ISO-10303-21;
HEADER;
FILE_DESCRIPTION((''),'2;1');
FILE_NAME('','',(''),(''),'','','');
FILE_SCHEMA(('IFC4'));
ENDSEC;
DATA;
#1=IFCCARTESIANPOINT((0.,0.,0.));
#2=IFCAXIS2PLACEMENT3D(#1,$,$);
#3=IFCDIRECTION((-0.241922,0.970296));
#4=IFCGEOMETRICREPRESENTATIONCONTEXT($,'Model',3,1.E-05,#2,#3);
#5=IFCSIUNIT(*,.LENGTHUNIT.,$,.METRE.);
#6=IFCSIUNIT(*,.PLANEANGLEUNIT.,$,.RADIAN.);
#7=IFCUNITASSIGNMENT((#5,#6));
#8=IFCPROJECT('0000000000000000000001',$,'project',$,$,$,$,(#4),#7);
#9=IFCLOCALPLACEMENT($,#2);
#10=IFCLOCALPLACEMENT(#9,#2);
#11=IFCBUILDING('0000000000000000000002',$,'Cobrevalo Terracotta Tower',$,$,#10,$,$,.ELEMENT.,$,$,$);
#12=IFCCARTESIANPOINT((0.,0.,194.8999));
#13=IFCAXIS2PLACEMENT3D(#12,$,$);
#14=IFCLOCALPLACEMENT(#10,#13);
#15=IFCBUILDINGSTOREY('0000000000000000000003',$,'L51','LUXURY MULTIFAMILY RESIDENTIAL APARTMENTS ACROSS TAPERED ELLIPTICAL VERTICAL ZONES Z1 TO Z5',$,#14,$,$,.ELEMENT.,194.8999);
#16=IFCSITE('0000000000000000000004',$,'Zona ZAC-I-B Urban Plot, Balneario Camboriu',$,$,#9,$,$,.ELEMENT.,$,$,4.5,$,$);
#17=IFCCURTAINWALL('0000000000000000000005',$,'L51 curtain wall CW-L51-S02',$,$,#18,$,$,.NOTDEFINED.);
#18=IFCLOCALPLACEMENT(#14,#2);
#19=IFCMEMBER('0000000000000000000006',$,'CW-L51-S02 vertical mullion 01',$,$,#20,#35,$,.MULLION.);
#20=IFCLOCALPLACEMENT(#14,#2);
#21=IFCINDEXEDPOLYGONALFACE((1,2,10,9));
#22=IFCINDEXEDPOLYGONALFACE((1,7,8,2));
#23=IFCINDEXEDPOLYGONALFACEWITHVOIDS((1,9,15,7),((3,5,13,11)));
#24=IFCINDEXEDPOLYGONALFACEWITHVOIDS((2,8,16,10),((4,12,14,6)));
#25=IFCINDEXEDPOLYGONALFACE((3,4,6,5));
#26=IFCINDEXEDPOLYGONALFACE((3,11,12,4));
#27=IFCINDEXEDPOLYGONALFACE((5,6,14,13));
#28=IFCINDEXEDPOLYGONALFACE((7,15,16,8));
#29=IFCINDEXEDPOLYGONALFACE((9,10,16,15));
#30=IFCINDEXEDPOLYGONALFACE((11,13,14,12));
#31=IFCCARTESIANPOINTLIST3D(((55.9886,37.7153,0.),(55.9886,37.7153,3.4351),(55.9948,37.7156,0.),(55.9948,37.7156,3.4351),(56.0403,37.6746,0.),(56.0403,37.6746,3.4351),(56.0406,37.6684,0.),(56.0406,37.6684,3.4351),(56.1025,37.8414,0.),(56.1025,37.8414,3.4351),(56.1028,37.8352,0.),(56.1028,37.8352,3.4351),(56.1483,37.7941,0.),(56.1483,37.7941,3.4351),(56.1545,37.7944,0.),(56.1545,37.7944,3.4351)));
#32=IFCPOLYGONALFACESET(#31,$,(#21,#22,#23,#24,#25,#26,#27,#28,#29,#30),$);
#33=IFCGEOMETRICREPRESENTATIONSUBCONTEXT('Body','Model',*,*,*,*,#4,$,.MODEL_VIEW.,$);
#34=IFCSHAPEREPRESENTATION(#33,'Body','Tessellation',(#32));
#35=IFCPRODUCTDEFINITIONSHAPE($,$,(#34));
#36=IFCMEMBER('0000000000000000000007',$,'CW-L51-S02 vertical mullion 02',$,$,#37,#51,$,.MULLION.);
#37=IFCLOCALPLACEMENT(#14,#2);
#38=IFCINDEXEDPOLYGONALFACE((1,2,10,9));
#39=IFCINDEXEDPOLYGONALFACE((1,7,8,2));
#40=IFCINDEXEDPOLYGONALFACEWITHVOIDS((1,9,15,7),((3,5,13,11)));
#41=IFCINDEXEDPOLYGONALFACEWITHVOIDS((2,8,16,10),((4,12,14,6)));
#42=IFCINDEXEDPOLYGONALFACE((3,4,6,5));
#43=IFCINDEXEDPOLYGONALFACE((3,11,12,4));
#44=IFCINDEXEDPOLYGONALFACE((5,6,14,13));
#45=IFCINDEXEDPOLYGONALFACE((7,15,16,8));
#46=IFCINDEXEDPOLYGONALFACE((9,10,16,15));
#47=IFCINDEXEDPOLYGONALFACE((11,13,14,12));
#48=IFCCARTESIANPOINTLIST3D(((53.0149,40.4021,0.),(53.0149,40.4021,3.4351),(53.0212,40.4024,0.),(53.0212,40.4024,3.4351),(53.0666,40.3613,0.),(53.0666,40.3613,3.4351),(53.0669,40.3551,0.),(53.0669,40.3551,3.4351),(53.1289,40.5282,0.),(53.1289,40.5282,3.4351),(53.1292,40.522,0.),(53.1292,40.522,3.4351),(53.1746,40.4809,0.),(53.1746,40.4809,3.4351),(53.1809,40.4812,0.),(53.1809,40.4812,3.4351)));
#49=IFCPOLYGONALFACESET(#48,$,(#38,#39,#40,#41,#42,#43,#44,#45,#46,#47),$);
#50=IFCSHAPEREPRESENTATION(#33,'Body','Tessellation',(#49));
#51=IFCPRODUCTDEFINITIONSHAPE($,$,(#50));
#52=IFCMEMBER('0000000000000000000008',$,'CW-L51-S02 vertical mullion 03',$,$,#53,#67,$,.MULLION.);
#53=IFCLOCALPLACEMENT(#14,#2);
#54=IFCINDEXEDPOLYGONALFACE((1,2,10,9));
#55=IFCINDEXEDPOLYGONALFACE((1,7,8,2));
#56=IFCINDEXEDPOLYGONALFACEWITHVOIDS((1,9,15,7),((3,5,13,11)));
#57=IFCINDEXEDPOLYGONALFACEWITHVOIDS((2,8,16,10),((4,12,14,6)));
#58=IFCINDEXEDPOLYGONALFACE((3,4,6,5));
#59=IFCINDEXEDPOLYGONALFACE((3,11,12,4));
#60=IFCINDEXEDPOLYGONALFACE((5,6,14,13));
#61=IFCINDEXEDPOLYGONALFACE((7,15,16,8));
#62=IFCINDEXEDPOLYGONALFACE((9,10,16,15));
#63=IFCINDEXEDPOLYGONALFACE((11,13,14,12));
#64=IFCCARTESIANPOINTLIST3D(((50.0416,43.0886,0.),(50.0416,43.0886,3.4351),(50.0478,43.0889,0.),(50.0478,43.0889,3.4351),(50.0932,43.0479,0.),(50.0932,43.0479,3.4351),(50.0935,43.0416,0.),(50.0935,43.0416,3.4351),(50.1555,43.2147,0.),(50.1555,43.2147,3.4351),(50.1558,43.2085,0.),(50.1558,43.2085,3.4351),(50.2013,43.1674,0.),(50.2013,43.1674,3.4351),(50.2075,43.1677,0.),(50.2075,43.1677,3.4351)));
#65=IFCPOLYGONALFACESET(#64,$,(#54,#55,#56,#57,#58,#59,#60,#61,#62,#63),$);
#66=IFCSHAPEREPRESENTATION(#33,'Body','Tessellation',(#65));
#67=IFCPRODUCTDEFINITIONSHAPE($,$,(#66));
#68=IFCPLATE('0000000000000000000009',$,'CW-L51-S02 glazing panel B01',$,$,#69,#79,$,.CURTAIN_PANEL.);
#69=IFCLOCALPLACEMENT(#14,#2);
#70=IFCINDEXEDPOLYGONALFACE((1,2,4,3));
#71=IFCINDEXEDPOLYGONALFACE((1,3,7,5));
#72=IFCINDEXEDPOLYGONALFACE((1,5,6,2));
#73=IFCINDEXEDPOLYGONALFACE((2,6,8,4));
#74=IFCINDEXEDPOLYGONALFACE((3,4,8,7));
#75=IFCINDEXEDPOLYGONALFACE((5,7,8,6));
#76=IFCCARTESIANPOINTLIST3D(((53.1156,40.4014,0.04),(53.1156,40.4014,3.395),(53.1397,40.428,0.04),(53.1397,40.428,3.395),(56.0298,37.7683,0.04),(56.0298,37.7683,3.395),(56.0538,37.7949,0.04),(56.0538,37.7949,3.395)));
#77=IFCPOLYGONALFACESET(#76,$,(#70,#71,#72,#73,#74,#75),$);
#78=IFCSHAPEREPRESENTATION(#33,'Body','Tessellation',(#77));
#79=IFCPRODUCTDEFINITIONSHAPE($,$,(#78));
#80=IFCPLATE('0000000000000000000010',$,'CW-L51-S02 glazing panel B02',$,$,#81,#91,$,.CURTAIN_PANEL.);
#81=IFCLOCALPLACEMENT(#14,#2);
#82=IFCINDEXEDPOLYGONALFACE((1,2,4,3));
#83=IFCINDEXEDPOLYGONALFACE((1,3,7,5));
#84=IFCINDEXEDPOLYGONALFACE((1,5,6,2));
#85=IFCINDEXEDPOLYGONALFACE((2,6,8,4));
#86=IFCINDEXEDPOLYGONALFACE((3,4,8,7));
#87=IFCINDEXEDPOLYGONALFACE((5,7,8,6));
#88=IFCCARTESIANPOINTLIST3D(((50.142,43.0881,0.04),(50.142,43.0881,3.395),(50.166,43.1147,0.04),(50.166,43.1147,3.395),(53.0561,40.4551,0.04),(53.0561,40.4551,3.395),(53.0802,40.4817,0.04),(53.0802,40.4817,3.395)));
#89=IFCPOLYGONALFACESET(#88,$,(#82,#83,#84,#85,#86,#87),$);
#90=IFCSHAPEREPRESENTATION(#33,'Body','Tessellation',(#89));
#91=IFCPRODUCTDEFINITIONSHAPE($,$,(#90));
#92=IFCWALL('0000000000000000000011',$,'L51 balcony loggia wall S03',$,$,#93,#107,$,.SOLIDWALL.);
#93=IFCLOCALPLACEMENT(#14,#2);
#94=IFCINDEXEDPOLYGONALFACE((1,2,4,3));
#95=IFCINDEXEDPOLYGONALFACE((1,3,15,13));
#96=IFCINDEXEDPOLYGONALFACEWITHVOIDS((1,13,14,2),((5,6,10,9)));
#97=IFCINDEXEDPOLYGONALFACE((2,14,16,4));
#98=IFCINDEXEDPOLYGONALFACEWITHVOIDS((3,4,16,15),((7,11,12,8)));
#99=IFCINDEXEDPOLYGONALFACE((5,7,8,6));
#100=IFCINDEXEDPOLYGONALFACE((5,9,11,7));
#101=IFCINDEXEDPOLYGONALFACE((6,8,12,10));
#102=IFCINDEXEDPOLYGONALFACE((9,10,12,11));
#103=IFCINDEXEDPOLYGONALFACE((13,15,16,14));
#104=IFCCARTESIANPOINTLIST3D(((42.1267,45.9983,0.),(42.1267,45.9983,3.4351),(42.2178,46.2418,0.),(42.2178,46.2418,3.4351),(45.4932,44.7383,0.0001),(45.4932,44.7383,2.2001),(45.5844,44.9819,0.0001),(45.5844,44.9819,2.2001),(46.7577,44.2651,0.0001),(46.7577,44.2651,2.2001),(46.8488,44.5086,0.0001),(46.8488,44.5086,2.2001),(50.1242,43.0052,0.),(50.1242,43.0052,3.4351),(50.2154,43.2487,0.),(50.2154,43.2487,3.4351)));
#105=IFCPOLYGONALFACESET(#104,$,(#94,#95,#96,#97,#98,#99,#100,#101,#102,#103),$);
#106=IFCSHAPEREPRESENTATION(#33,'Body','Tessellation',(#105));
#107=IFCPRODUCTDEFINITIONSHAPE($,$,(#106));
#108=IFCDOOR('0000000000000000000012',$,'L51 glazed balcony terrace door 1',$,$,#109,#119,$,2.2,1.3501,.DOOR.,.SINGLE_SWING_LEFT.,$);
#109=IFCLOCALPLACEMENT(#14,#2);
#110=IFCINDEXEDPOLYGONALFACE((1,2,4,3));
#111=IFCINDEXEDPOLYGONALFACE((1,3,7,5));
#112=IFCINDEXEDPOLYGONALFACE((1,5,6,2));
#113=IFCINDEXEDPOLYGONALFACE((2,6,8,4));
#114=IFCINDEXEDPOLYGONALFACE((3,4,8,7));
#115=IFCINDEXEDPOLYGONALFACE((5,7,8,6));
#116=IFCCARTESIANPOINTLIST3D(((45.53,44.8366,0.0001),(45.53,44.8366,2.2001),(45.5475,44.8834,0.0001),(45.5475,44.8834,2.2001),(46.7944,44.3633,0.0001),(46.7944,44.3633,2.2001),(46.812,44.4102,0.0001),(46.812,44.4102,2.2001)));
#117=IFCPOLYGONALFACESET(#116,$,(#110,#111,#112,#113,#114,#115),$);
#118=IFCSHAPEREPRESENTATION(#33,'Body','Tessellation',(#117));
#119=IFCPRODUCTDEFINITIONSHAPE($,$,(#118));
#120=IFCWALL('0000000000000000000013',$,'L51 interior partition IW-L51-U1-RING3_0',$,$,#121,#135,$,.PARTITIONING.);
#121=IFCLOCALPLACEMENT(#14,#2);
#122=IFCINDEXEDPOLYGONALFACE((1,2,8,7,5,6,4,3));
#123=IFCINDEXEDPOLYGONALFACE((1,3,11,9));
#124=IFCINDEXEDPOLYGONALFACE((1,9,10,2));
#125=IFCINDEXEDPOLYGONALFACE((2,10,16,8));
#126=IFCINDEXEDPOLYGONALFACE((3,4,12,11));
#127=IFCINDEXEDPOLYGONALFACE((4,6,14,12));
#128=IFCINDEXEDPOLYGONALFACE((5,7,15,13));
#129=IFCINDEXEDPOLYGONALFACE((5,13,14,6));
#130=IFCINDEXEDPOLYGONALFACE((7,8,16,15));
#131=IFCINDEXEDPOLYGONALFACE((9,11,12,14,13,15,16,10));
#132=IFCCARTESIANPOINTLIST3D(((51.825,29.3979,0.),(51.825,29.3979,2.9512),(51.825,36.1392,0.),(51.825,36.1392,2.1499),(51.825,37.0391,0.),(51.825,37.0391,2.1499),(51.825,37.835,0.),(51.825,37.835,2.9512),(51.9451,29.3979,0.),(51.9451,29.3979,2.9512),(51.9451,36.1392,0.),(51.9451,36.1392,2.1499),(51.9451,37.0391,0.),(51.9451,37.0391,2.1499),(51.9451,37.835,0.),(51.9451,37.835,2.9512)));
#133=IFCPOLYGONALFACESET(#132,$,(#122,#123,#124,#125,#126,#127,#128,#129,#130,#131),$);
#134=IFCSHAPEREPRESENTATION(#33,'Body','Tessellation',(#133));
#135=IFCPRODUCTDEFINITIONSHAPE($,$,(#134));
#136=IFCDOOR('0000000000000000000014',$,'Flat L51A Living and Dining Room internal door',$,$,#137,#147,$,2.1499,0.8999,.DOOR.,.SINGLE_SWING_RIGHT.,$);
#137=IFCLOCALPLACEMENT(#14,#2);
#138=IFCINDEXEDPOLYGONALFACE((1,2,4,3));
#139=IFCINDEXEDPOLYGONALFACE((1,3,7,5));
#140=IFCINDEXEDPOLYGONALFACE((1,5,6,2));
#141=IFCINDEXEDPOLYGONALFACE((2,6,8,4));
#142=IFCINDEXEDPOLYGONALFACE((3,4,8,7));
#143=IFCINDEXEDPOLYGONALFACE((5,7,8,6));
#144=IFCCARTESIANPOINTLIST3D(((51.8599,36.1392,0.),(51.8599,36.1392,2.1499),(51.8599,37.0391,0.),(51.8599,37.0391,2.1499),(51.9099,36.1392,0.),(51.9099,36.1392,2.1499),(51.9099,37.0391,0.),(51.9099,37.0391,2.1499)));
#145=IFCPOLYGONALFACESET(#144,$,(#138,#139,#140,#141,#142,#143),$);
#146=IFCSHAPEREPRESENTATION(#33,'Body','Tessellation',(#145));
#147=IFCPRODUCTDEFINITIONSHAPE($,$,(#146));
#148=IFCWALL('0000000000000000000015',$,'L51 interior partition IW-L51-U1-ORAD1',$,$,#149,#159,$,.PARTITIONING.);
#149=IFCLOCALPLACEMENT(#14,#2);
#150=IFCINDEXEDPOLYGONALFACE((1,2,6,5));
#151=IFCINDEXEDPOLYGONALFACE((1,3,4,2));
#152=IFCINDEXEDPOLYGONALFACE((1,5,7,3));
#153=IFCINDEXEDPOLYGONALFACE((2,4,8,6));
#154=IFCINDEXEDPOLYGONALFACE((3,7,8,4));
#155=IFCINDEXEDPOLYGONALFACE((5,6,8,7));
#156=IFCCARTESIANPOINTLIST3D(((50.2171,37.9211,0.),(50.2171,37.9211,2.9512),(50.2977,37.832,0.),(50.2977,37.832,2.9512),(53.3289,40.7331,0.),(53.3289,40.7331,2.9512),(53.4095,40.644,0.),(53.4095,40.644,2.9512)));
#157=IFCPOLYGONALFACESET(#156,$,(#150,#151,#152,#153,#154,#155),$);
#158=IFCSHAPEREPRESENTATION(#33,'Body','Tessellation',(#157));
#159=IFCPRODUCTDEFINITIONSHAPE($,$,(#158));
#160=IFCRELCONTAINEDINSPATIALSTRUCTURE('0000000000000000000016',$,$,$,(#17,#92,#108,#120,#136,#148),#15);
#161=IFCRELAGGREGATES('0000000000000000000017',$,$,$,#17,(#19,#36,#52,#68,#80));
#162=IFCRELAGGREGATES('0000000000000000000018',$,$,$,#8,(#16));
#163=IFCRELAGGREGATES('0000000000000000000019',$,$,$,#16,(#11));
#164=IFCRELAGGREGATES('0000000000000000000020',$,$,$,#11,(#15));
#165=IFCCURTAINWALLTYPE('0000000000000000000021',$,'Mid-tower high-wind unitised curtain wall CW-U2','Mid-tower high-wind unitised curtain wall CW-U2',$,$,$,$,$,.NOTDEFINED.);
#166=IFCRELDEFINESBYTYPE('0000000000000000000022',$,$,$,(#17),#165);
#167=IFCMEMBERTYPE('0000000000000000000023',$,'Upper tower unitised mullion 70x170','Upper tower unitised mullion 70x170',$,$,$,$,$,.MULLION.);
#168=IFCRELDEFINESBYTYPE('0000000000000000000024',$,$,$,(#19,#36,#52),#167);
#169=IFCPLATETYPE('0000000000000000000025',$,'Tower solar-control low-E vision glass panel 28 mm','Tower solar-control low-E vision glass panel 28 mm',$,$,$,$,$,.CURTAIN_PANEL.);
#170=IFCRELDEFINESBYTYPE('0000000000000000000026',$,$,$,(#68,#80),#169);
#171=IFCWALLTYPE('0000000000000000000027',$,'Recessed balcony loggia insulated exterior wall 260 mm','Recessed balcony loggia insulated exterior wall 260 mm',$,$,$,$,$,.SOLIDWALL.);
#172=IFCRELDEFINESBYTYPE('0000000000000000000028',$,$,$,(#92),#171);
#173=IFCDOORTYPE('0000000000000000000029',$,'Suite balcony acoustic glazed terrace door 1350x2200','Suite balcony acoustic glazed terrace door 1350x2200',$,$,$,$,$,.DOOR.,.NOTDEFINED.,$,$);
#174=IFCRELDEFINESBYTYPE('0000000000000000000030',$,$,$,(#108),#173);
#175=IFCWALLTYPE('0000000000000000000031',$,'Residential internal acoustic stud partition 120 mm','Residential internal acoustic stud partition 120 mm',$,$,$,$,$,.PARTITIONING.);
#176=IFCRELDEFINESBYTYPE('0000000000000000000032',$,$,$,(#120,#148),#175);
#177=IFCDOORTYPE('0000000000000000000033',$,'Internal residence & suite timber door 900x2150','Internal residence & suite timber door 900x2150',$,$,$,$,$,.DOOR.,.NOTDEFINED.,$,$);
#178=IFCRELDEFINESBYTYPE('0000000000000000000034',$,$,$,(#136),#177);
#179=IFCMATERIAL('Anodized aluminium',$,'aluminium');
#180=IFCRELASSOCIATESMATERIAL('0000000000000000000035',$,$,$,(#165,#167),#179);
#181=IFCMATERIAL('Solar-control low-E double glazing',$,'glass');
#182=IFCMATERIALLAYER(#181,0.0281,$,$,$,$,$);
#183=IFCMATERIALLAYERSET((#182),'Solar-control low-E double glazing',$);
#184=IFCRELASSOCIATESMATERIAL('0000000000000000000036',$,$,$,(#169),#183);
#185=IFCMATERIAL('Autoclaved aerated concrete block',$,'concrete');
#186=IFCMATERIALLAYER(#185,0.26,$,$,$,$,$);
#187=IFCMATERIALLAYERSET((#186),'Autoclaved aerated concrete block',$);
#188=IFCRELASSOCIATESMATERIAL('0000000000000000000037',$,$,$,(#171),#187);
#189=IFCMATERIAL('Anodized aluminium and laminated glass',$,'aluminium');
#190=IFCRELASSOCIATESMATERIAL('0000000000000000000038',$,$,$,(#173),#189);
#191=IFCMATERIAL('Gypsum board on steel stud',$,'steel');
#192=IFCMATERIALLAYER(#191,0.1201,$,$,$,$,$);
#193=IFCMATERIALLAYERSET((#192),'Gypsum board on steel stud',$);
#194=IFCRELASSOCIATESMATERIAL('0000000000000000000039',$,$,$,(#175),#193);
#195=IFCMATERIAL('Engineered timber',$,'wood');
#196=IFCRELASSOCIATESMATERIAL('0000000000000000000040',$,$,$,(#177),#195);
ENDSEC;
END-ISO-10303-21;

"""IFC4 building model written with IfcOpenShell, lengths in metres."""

from ifc_helpers import new_model, si_unit, direction, frame, frame_2d, origin, origin_2d, place, context, subcontext, project, spatial, rectangle, hollow_rectangle, extrude, source, transform, mapped, material, layer, layer_set, material_profile, profile_set, type_object, element, fill, aggregate, save


model = new_model("IFC4")

# Units and contexts
model_context = context("Model", 3, precision=1e-05, world=origin(), true_north=direction((-0.241922, 0.970296)))
body_context = subcontext(model_context, "Body", "Model", "MODEL_VIEW")
ifc_project = project(units=[si_unit("LENGTHUNIT", "METRE"), si_unit("PLANEANGLEUNIT", "RADIAN")], contexts=[model_context])

# Site, building, storey
site_placement = place(None, origin())
site = spatial("IfcSite", under=ifc_project, at=site_placement, Name="Zona ZAC-I-B Urban Plot, Balneario Camboriu", CompositionType="ELEMENT", RefElevation=4.5)
building_placement = place(site_placement, origin())
building = spatial("IfcBuilding", under=site, at=building_placement, Name="Cobrevalo Terracotta Tower", CompositionType="ELEMENT")
storey_placement = place(building_placement, frame((0.0, 0.0, 194.8999)))
storey = spatial("IfcBuildingStorey", under=building, at=storey_placement, Name="L51", Description="LUXURY MULTIFAMILY RESIDENTIAL APARTMENTS ACROSS TAPERED ELLIPTICAL VERTICAL ZONES Z1 TO Z5", CompositionType="ELEMENT", Elevation=194.8999)

# Curtain wall, members, plates
ifc_material_1 = material(Name="Anodized aluminium", Category="aluminium")
curtain_wall_type = type_object("IfcCurtainWallType", Name="Mid-tower high-wind unitised curtain wall CW-U2", Description="Mid-tower high-wind unitised curtain wall CW-U2", PredefinedType="NOTDEFINED", material=ifc_material_1)
curtain_wall_placement = place(storey_placement, origin())
curtain_wall = element("IfcCurtainWall", 1, at=curtain_wall_placement, inside=storey, type_object=curtain_wall_type, Name="L51 curtain wall CW-L51-S02", PredefinedType="NOTDEFINED")
ifc_material_profile_1 = material_profile(ifc_material_1, hollow_rectangle(XDim=0.0701, YDim=0.1699, WallThickness=0.0044, at=origin_2d()), Name="CWM 70x170")
ifc_profile_set_1 = profile_set([ifc_material_profile_1], Name="Anodized aluminium")
member_type_1 = type_object("IfcMemberType", Name="Upper tower unitised mullion 70x170", Description="Upper tower unitised mullion 70x170", PredefinedType="MULLION", material=ifc_profile_set_1)
shared_shape_1 = source(origin(), body_context, "Body", "SweptSolid", [
    extrude(hollow_rectangle(XDim=0.0701, YDim=0.1699, WallThickness=0.0044, at=origin_2d()), origin(), (0.0, 0.0, 1.0), 3.4351),
])
member_1_placement = place(storey_placement, frame((56.0715, 37.7549, 0.0), z_axis=(0.0, 0.0, 1.0), x_axis=(-0.741988, 0.670414, 0.0)))
member_1 = element("IfcMember", 2, at=member_1_placement, type_object=member_type_1, Name="CW-L51-S02 vertical mullion 01", PredefinedType="MULLION", context=body_context, shape_type="MappedRepresentation", body=[
    mapped(shared_shape_1, transform((0.0, 0.0, 0.0), scale=1.0)),
])
member_2_placement = place(storey_placement, frame((53.0979, 40.4417, 0.0), z_axis=(0.0, 0.0, 1.0), x_axis=(-0.741988, 0.670414, 0.0)))
member_2 = element("IfcMember", 3, at=member_2_placement, type_object=member_type_1, Name="CW-L51-S02 vertical mullion 02", PredefinedType="MULLION", context=body_context, shape_type="MappedRepresentation", body=[
    mapped(shared_shape_1, transform((0.0, 0.0, 0.0), scale=1.0)),
])
member_3_placement = place(storey_placement, frame((50.1245, 43.1282, 0.0), z_axis=(0.0, 0.0, 1.0), x_axis=(-0.741988, 0.670414, 0.0)))
member_3 = element("IfcMember", 4, at=member_3_placement, type_object=member_type_1, Name="CW-L51-S02 vertical mullion 03", PredefinedType="MULLION", context=body_context, shape_type="MappedRepresentation", body=[
    mapped(shared_shape_1, transform((0.0, 0.0, 0.0), scale=1.0)),
])
ifc_material_2 = material(Name="Solar-control low-E double glazing", Category="glass")
ifc_layer_1 = layer(ifc_material_2, 0.0281)
ifc_layer_set_1 = layer_set([ifc_layer_1], Name="Solar-control low-E double glazing")
plate_type = type_object("IfcPlateType", Name="Tower solar-control low-E vision glass panel 28 mm", Description="Tower solar-control low-E vision glass panel 28 mm", PredefinedType="CURTAIN_PANEL", material=ifc_layer_set_1)
shared_shape_2 = source(origin(), body_context, "Body", "SweptSolid", [
    extrude(rectangle(XDim=3.9275, YDim=0.0359, at=origin_2d()), origin(), (0.0, 0.0, 1.0), 3.355),
])
plate_1_placement = place(storey_placement, frame((54.5847, 39.0981, 0.04), z_axis=(0.0, 0.0, 1.0), x_axis=(-0.741988, 0.670414, 0.0)))
plate_1 = element("IfcPlate", 5, at=plate_1_placement, type_object=plate_type, Name="CW-L51-S02 glazing panel B01", PredefinedType="CURTAIN_PANEL", context=body_context, shape_type="MappedRepresentation", body=[
    mapped(shared_shape_2, transform((0.0, 0.0, 0.0), scale=1.0)),
])
plate_2_placement = place(storey_placement, frame((51.6111, 41.7849, 0.04), z_axis=(0.0, 0.0, 1.0), x_axis=(-0.741988, 0.670414, 0.0)))
plate_2 = element("IfcPlate", 6, at=plate_2_placement, type_object=plate_type, Name="CW-L51-S02 glazing panel B02", PredefinedType="CURTAIN_PANEL", context=body_context, shape_type="MappedRepresentation", body=[
    mapped(shared_shape_2, transform((0.0, 0.0, 0.0), scale=1.0)),
])
aggregate(curtain_wall, [member_1, member_2, member_3, plate_1, plate_2])

# Walls, openings, doors
ifc_material_3 = material(Name="Autoclaved aerated concrete block", Category="concrete")
ifc_layer_2 = layer(ifc_material_3, 0.26)
ifc_layer_set_2 = layer_set([ifc_layer_2], Name="Autoclaved aerated concrete block")
wall_type_1 = type_object("IfcWallType", Name="Recessed balcony loggia insulated exterior wall 260 mm", Description="Recessed balcony loggia insulated exterior wall 260 mm", PredefinedType="SOLIDWALL", material=ifc_layer_set_2)
wall_1_placement = place(storey_placement, frame((50.1697, 43.127, 0.0), z_axis=(0.0, 0.0, 1.0), x_axis=(-0.936557, 0.350516, 0.0)))
wall_1 = element("IfcWall", 7, at=wall_1_placement, inside=storey, type_object=wall_type_1, Name="L51 balcony loggia wall S03", PredefinedType="SOLIDWALL", context=body_context, shape_type="SweptSolid", body=[
    extrude(rectangle(XDim=8.5393, YDim=0.26, at=frame_2d((4.2695, 0.0))), origin(), (0.0, 0.0, 1.0), 3.4351),
])
opening_1_placement = place(wall_1_placement, frame((3.5945, 0.0, 0.0)))
opening_1 = element("IfcOpeningElement", 8, at=opening_1_placement, cuts=wall_1, PredefinedType="OPENING", context=body_context, shape_type="SweptSolid", body=[
    extrude(rectangle(XDim=1.3501, YDim=2.2, at=frame_2d((0.675, 1.1001))), frame((0.0, 0.1401, 0.0), z_axis=(0.0, -1.0, 0.0), x_axis=(1.0, 0.0, 0.0)), (0.0, 0.0, 1.0), 0.28),
])
ifc_material_4 = material(Name="Anodized aluminium and laminated glass", Category="aluminium")
door_type_1 = type_object("IfcDoorType", Name="Suite balcony acoustic glazed terrace door 1350x2200", Description="Suite balcony acoustic glazed terrace door 1350x2200", OperationType="NOTDEFINED", PredefinedType="DOOR", material=ifc_material_4)
shared_shape_3 = source(origin(), body_context, "Body", "SweptSolid", [
    extrude(rectangle(XDim=1.3501, YDim=2.2, at=frame_2d((0.675, 1.1001))), frame((0.0, 0.0249, 0.0), z_axis=(0.0, -1.0, 0.0), x_axis=(1.0, 0.0, 0.0)), (0.0, 0.0, 1.0), 0.05),
])
door_1_placement = place(opening_1_placement, frame((1.3501, 0.0, 0.0), z_axis=(0.0, 0.0, 1.0), x_axis=(-1.0, 0.0, 0.0)))
door_1 = element("IfcDoor", 9, at=door_1_placement, inside=storey, type_object=door_type_1, Name="L51 glazed balcony terrace door 1", OperationType="SINGLE_SWING_LEFT", OverallHeight=2.2, OverallWidth=1.3501, PredefinedType="DOOR", context=body_context, shape_type="MappedRepresentation", body=[
    mapped(shared_shape_3, transform((0.0, 0.0, 0.0), scale=1.0)),
])
fill(opening_1, door_1)
ifc_material_5 = material(Name="Gypsum board on steel stud", Category="steel")
ifc_layer_3 = layer(ifc_material_5, 0.1201)
ifc_layer_set_3 = layer_set([ifc_layer_3], Name="Gypsum board on steel stud")
wall_type_2 = type_object("IfcWallType", Name="Residential internal acoustic stud partition 120 mm", Description="Residential internal acoustic stud partition 120 mm", PredefinedType="PARTITIONING", material=ifc_layer_set_3)
wall_2_placement = place(storey_placement, frame((51.885, 37.835, 0.0), z_axis=(0.0, 0.0, 1.0), x_axis=(0.0, -1.0, 0.0)))
wall_2 = element("IfcWall", 10, at=wall_2_placement, inside=storey, type_object=wall_type_2, Name="L51 interior partition IW-L51-U1-RING3_0", PredefinedType="PARTITIONING", context=body_context, shape_type="SweptSolid", body=[
    extrude(rectangle(XDim=8.437, YDim=0.1201, at=frame_2d((4.2185, 0.0))), origin(), (0.0, 0.0, 1.0), 2.9512),
])
opening_2_placement = place(wall_2_placement, frame((0.7959, 0.0, 0.0)))
opening_2 = element("IfcOpeningElement", 11, at=opening_2_placement, cuts=wall_2, PredefinedType="OPENING", context=body_context, shape_type="SweptSolid", body=[
    extrude(rectangle(XDim=0.8999, YDim=2.1499, at=frame_2d((0.45, 1.075))), frame((0.0, 0.0701, 0.0), z_axis=(0.0, -1.0, 0.0), x_axis=(1.0, 0.0, 0.0)), (0.0, 0.0, 1.0), 0.1401),
])
ifc_material_6 = material(Name="Engineered timber", Category="wood")
door_type_2 = type_object("IfcDoorType", Name="Internal residence & suite timber door 900x2150", Description="Internal residence & suite timber door 900x2150", OperationType="NOTDEFINED", PredefinedType="DOOR", material=ifc_material_6)
shared_shape_4 = source(origin(), body_context, "Body", "SweptSolid", [
    extrude(rectangle(XDim=0.8999, YDim=2.1499, at=frame_2d((0.45, 1.075))), frame((0.0, 0.0249, 0.0), z_axis=(0.0, -1.0, 0.0), x_axis=(1.0, 0.0, 0.0)), (0.0, 0.0, 1.0), 0.05),
])
door_2_placement = place(opening_2_placement, origin())
door_2 = element("IfcDoor", 12, at=door_2_placement, inside=storey, type_object=door_type_2, Name="Flat L51A Living and Dining Room internal door", OperationType="SINGLE_SWING_RIGHT", OverallHeight=2.1499, OverallWidth=0.8999, PredefinedType="DOOR", context=body_context, shape_type="MappedRepresentation", body=[
    mapped(shared_shape_4, transform((0.0, 0.0, 0.0), scale=1.0)),
])
fill(opening_2, door_2)

# Wall
wall_3_placement = place(storey_placement, frame((50.2573, 37.8765, 0.0), z_axis=(0.0, 0.0, 1.0), x_axis=(0.741944, 0.670462, 0.0)))
element("IfcWall", 13, at=wall_3_placement, inside=storey, type_object=wall_type_2, Name="L51 interior partition IW-L51-U1-ORAD1", PredefinedType="PARTITIONING", context=body_context, shape_type="SweptSolid", body=[
    extrude(rectangle(XDim=4.1941, YDim=0.1201, at=frame_2d((2.0972, 0.0))), origin(), (0.0, 0.0, 1.0), 2.9512),
])

save(model, "model.ifc")
